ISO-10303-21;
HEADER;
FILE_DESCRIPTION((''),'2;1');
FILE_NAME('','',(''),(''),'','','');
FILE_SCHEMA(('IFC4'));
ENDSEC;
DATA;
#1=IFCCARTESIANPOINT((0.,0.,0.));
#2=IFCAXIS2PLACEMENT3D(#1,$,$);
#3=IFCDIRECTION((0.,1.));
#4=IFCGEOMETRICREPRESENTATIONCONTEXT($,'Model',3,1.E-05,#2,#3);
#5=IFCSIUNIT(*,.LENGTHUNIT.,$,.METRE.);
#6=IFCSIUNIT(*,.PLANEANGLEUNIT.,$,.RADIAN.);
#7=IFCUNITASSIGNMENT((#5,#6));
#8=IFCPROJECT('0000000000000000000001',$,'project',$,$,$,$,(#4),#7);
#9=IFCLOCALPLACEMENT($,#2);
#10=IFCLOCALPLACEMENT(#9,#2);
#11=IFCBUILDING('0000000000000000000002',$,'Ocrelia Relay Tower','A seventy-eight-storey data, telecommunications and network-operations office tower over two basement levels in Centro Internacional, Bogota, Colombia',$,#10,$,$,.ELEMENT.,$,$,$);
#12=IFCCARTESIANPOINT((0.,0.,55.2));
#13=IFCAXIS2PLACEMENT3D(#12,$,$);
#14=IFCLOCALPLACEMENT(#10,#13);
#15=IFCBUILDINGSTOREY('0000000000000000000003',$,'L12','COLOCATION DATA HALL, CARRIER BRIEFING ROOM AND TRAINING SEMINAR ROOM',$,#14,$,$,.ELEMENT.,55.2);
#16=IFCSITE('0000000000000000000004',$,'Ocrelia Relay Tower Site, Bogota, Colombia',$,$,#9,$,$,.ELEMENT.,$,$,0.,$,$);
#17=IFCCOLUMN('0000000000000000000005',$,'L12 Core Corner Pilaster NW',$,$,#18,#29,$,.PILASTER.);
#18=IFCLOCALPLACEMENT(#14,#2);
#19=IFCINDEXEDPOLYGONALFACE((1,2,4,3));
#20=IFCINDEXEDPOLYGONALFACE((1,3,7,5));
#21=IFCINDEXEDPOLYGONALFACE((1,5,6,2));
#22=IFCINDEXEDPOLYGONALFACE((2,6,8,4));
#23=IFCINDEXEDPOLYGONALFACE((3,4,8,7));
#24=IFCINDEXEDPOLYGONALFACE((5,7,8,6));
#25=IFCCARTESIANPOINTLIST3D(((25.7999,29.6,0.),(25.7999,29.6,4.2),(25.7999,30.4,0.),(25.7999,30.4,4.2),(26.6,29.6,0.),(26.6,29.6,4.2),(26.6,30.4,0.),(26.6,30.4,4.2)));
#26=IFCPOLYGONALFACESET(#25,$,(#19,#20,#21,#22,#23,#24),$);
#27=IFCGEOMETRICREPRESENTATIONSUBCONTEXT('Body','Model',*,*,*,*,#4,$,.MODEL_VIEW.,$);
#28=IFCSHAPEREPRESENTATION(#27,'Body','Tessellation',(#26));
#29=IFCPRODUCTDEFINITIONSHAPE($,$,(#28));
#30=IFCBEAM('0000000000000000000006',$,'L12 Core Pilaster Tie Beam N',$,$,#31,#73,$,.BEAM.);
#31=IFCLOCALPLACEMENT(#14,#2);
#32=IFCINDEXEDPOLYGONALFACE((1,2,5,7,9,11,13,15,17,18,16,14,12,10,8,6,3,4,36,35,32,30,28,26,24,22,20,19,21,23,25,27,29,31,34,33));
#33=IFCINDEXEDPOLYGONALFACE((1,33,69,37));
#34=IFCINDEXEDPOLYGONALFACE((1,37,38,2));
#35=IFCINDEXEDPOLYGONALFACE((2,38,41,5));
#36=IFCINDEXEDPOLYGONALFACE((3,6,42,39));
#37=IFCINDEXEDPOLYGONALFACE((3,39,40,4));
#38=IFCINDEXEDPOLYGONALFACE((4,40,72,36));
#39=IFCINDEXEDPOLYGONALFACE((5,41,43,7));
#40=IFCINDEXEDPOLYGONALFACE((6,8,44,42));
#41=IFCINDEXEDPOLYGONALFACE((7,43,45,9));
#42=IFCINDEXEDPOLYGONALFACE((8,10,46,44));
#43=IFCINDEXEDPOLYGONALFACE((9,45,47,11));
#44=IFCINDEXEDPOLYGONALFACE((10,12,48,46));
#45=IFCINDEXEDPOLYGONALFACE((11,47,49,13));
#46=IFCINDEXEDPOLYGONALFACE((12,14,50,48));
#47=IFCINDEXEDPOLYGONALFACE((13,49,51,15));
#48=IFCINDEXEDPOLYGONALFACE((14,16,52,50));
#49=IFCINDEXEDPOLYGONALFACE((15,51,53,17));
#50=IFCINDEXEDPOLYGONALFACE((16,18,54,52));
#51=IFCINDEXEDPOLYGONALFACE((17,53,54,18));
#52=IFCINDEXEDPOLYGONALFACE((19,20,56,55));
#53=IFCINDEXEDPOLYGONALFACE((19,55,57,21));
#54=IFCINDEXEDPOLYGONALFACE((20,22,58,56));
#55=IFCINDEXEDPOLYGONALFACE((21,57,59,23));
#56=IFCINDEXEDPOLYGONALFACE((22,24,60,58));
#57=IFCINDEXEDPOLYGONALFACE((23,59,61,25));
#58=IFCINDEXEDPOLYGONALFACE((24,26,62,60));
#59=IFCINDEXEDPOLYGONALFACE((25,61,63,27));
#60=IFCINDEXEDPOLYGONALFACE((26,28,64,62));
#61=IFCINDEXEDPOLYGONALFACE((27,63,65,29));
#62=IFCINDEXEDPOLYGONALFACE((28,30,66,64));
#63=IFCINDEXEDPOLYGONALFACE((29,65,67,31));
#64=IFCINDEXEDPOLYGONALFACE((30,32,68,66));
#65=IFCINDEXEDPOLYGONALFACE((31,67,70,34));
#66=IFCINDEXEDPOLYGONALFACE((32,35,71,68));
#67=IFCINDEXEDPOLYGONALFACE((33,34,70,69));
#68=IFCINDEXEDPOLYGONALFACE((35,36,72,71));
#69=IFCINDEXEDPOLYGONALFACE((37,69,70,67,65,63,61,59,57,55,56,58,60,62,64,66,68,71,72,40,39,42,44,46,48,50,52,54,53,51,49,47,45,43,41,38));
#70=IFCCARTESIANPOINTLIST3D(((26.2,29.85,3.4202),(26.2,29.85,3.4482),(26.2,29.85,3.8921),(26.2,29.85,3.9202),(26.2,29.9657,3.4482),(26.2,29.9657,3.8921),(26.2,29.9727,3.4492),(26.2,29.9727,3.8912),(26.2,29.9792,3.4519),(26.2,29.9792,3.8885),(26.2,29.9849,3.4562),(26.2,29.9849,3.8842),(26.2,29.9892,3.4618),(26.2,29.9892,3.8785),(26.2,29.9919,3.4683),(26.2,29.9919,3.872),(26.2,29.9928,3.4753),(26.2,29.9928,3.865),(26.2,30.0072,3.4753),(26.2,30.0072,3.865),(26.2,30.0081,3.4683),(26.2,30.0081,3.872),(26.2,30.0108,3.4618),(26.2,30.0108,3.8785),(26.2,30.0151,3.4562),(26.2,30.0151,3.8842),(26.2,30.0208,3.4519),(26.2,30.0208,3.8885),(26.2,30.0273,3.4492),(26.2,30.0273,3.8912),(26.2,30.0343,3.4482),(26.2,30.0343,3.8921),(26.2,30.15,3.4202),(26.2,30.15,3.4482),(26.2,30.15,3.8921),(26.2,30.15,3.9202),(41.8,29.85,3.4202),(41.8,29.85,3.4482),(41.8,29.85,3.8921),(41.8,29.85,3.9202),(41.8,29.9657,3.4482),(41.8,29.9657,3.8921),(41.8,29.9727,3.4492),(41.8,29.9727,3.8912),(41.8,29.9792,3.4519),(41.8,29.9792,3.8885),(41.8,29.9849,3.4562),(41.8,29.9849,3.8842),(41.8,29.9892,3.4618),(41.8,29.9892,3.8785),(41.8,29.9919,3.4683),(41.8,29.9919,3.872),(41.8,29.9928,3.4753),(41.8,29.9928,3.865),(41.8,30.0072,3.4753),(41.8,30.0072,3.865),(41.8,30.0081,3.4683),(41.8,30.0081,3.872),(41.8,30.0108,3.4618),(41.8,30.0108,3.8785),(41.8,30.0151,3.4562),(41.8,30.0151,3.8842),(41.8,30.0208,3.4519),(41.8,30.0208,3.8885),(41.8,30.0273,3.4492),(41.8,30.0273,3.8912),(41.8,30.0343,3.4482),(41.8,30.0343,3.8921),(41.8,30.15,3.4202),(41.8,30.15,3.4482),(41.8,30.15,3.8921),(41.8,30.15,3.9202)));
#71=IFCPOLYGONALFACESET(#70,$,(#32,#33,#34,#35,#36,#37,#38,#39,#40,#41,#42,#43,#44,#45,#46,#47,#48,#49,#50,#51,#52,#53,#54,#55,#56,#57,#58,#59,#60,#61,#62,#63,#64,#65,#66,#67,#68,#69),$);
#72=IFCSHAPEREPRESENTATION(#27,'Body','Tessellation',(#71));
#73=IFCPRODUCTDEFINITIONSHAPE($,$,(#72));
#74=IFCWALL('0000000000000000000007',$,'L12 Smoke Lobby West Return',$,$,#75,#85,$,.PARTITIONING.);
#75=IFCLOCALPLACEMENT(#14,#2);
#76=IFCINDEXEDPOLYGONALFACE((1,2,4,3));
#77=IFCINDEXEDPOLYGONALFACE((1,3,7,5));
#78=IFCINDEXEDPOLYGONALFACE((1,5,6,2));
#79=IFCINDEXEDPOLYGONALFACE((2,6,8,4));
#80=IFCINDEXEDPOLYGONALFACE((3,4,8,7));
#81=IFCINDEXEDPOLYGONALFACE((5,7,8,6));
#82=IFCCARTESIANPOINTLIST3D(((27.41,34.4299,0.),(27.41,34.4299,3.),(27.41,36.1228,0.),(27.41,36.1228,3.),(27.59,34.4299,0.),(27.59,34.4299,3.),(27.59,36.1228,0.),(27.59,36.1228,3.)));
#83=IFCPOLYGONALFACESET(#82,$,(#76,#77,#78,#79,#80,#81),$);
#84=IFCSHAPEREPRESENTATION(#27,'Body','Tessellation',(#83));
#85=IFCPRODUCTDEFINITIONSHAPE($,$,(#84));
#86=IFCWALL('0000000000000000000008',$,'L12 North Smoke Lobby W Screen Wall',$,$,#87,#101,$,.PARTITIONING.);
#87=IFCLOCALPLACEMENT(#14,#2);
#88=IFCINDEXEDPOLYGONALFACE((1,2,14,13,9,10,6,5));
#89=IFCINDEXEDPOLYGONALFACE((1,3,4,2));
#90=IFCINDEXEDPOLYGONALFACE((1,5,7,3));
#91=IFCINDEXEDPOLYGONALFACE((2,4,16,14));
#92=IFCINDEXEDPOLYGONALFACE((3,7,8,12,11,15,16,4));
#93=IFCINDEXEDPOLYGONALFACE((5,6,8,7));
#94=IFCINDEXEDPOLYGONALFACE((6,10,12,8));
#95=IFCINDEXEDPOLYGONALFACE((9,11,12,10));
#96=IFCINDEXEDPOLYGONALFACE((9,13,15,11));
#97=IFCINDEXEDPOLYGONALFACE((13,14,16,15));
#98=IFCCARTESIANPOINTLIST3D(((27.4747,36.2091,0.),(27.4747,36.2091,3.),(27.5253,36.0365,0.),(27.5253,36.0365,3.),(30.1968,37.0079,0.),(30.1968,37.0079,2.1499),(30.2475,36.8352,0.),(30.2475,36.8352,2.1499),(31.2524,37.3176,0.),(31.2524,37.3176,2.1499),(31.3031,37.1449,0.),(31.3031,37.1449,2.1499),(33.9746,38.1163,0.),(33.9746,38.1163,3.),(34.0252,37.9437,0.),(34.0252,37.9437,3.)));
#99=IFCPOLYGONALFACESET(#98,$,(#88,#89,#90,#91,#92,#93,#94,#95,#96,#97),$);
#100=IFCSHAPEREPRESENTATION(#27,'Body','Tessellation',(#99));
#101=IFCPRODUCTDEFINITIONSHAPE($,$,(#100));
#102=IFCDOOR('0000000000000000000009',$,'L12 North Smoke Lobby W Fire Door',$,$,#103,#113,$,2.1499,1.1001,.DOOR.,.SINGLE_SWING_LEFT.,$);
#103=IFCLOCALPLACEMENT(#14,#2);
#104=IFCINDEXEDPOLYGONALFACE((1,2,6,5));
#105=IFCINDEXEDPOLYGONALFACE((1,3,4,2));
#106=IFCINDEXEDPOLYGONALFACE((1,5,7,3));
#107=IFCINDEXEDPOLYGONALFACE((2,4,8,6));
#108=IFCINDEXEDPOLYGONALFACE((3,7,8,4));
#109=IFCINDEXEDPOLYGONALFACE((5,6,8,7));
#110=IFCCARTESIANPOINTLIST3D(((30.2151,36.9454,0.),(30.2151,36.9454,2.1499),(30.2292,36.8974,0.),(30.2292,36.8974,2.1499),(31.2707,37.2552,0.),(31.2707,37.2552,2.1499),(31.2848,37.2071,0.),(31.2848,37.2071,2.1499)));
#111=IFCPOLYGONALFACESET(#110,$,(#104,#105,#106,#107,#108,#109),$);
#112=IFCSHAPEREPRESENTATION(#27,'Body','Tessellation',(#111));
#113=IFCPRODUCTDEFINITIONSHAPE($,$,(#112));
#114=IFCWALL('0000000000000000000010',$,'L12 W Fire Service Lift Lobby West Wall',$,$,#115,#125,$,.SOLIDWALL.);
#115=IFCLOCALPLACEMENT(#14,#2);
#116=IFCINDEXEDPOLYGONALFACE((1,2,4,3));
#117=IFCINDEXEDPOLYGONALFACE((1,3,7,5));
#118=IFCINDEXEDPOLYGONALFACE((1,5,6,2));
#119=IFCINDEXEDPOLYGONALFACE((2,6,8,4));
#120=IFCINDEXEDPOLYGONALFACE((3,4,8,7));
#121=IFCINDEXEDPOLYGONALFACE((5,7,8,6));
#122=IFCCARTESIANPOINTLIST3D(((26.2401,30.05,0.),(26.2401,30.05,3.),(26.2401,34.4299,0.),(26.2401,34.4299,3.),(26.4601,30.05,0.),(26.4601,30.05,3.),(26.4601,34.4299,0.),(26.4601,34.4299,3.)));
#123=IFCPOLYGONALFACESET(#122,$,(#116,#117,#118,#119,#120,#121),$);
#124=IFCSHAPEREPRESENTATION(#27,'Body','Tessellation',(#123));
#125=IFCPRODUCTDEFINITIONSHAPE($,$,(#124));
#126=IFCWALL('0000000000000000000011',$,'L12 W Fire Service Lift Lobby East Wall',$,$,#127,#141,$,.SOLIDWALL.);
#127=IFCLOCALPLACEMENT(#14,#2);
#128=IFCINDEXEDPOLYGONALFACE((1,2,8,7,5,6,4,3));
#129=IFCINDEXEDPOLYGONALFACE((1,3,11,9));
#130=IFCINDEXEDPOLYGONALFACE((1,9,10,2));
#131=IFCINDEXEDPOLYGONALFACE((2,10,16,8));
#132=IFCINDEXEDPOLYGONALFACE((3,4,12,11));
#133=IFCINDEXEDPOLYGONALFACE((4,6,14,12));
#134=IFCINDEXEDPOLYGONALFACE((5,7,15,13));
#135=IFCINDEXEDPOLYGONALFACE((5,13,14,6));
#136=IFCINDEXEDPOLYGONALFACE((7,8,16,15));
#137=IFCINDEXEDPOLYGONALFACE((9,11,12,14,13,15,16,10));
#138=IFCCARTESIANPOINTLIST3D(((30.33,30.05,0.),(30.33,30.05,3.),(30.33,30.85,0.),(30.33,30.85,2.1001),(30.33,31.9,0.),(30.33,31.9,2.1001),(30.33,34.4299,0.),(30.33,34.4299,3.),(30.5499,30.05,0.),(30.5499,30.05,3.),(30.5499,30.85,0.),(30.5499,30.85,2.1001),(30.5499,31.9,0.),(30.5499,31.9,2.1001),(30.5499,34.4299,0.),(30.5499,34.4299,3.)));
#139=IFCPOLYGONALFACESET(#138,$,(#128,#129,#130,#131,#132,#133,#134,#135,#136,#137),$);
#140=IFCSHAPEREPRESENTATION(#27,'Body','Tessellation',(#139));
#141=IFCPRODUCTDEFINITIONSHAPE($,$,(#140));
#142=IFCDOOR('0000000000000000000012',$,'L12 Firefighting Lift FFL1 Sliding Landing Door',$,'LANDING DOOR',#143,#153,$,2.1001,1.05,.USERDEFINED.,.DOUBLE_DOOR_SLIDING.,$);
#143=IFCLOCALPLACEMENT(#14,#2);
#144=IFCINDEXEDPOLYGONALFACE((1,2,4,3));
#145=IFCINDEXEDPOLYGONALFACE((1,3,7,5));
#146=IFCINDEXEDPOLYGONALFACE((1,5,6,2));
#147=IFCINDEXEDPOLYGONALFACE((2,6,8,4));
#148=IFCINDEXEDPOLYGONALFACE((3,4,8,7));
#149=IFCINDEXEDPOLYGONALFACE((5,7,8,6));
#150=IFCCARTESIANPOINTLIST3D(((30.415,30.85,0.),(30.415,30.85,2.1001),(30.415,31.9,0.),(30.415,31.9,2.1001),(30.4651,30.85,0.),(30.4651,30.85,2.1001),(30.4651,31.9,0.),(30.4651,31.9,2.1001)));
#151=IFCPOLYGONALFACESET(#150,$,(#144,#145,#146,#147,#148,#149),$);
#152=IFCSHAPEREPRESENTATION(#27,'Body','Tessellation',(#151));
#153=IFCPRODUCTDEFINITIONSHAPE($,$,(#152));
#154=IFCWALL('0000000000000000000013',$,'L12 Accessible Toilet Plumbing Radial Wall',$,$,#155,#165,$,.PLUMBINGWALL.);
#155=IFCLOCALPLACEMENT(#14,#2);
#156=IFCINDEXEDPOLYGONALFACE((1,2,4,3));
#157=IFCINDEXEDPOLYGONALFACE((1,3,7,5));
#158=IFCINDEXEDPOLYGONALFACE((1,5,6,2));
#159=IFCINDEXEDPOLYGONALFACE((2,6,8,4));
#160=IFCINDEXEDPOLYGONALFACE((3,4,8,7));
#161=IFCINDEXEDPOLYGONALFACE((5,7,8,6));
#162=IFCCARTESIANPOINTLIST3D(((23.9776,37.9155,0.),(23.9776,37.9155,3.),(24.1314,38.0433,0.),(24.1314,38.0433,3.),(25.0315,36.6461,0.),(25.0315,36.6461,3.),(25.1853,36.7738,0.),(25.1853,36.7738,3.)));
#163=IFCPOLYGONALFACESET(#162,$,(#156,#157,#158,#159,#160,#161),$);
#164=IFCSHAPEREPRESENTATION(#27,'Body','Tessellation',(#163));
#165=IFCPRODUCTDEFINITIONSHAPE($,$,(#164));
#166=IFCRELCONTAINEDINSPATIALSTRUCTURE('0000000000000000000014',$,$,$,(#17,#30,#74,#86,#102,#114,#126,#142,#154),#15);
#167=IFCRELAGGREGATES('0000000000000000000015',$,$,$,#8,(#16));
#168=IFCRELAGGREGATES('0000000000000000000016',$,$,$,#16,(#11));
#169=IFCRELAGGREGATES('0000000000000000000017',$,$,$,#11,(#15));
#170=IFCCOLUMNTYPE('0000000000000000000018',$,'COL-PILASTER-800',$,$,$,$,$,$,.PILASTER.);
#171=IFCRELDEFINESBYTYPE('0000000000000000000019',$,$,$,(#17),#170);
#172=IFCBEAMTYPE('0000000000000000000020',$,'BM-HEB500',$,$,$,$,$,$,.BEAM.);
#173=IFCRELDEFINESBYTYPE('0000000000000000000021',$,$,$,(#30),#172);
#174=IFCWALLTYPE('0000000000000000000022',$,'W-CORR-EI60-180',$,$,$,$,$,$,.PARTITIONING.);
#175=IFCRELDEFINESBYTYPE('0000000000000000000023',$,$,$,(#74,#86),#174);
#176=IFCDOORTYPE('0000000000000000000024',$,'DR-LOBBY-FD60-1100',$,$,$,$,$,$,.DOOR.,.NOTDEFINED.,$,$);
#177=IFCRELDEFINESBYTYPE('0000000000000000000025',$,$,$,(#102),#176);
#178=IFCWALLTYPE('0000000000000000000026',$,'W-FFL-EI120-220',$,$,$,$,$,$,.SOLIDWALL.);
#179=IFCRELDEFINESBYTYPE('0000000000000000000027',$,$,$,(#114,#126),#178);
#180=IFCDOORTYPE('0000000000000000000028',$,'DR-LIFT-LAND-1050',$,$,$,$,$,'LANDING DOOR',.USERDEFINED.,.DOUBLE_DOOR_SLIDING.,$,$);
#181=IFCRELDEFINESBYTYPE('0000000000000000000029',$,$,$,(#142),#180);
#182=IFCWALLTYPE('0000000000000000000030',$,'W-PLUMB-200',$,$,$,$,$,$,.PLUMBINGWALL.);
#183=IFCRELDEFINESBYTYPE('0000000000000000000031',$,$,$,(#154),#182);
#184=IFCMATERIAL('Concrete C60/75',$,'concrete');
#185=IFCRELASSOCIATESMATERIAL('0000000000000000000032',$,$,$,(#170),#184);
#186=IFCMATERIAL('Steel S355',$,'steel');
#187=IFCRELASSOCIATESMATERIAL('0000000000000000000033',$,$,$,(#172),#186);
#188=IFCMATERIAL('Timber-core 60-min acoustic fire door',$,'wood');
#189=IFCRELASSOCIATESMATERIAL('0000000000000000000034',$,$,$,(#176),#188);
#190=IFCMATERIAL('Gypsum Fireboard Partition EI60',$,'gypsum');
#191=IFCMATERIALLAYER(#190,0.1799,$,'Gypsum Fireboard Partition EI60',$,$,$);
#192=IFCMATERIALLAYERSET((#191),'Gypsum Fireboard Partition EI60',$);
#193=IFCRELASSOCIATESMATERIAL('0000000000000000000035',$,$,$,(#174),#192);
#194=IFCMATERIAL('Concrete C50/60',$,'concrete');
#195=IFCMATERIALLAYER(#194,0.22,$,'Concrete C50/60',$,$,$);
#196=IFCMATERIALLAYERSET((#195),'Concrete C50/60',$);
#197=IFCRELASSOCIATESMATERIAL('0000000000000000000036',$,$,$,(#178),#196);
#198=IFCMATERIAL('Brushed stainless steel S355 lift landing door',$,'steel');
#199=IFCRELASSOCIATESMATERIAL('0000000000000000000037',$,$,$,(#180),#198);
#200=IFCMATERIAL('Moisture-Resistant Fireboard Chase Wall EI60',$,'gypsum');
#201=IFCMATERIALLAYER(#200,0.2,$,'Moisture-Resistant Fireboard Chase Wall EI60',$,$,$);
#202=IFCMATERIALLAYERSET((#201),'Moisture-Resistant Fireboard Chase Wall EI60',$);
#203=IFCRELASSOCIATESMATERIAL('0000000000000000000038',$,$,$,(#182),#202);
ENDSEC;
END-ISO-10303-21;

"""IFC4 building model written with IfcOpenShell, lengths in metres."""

from ifc_helpers import new_model, si_unit, direction, frame, frame_2d, origin, origin_2d, place, context, subcontext, project, spatial, rectangle, i_section, extrude, material, layer, layer_set, material_profile, profile_set, type_object, element, fill, save


model = new_model("IFC4")

# Units and contexts
model_context = context("Model", 3, precision=1e-05, world=origin(), true_north=direction((0.0, 1.0)))
body_context = subcontext(model_context, "Body", "Model", "MODEL_VIEW")
ifc_project = project(units=[si_unit("LENGTHUNIT", "METRE"), si_unit("PLANEANGLEUNIT", "RADIAN")], contexts=[model_context])

# Site, building, storey
site_placement = place(None, origin())
site = spatial("IfcSite", under=ifc_project, at=site_placement, Name="Ocrelia Relay Tower Site, Bogota, Colombia", CompositionType="ELEMENT", RefElevation=0.0)
building_placement = place(site_placement, origin())
building = spatial("IfcBuilding", under=site, at=building_placement, Name="Ocrelia Relay Tower", Description="A seventy-eight-storey data, telecommunications and network-operations office tower over two basement levels in Centro Internacional, Bogota, Colombia", CompositionType="ELEMENT")
storey_placement = place(building_placement, frame((0.0, 0.0, 55.2)))
storey = spatial("IfcBuildingStorey", under=building, at=storey_placement, Name="L12", Description="COLOCATION DATA HALL, CARRIER BRIEFING ROOM AND TRAINING SEMINAR ROOM", CompositionType="ELEMENT", Elevation=55.2)

# Column
ifc_material_1 = material(Name="Concrete C60/75", Category="concrete")
ifc_material_profile_1 = material_profile(ifc_material_1, rectangle(XDim=0.8, YDim=0.8, at=origin_2d()), Name="RC-COL-800x800")
ifc_profile_set_1 = profile_set([ifc_material_profile_1], Name="Concrete C60/75")
column_type = type_object("IfcColumnType", Name="COL-PILASTER-800", PredefinedType="PILASTER", material=ifc_profile_set_1)
column_placement = place(storey_placement, frame((26.2, 30.0, 0.0), z_axis=(0.0, 0.0, 1.0), x_axis=(1.0, 0.0, 0.0)))
element("IfcColumn", 1, at=column_placement, inside=storey, type_object=column_type, Name="L12 Core Corner Pilaster NW", PredefinedType="PILASTER", context=body_context, shape_type="SweptSolid", body=[
    extrude(rectangle(XDim=0.8, YDim=0.8, at=origin_2d()), origin(), (0.0, 0.0, 1.0), 4.2),
])

# Beam
ifc_material_2 = material(Name="Steel S355", Category="steel")
ifc_material_profile_2 = material_profile(ifc_material_2, i_section(OverallWidth=0.3, OverallDepth=0.5, WebThickness=0.0144, FlangeThickness=0.0281, FilletRadius=0.0271, at=origin_2d()), Name="HEB 500")
ifc_profile_set_2 = profile_set([ifc_material_profile_2], Name="Steel S355")
beam_type = type_object("IfcBeamType", Name="BM-HEB500", PredefinedType="BEAM", material=ifc_profile_set_2)
beam_placement = place(storey_placement, frame((26.2, 30.0, 3.6702), z_axis=(1.0, 0.0, 0.0), x_axis=(0.0, 1.0, 0.0)))
element("IfcBeam", 2, at=beam_placement, inside=storey, type_object=beam_type, Name="L12 Core Pilaster Tie Beam N", PredefinedType="BEAM", context=body_context, shape_type="SweptSolid", body=[
    extrude(i_section(OverallWidth=0.3, OverallDepth=0.5, WebThickness=0.0144, FlangeThickness=0.0281, FilletRadius=0.0271, at=origin_2d()), origin(), (0.0, 0.0, 1.0), 15.6001),
])

# Shared definitions
ifc_material_3 = material(Name="Timber-core 60-min acoustic fire door", Category="wood")
door_type_1 = type_object("IfcDoorType", Name="DR-LOBBY-FD60-1100", OperationType="NOTDEFINED", PredefinedType="DOOR", material=ifc_material_3)

# Wall
ifc_material_4 = material(Name="Gypsum Fireboard Partition EI60", Category="gypsum")
ifc_layer_1 = layer(ifc_material_4, 0.1799, Name="Gypsum Fireboard Partition EI60")
ifc_layer_set_1 = layer_set([ifc_layer_1], Name="Gypsum Fireboard Partition EI60")
wall_type_1 = type_object("IfcWallType", Name="W-CORR-EI60-180", PredefinedType="PARTITIONING", material=ifc_layer_set_1)
wall_1_placement = place(storey_placement, frame((27.5, 34.4299, 0.0), z_axis=(0.0, 0.0, 1.0), x_axis=(0.0, 1.0, 0.0)))
element("IfcWall", 3, at=wall_1_placement, inside=storey, type_object=wall_type_1, Name="L12 Smoke Lobby West Return", PredefinedType="PARTITIONING", context=body_context, shape_type="SweptSolid", body=[
    extrude(rectangle(XDim=1.6929, YDim=0.1799, at=frame_2d((0.8464, 0.0))), origin(), (0.0, 0.0, 1.0), 3.0),
])

# Wall, opening, door
wall_2_placement = place(storey_placement, frame((27.5, 36.1228, 0.0), z_axis=(0.0, 0.0, 1.0), x_axis=(0.959547, 0.28155, 0.0)))
wall_2 = element("IfcWall", 4, at=wall_2_placement, inside=storey, type_object=wall_type_1, Name="L12 North Smoke Lobby W Screen Wall", PredefinedType="PARTITIONING", context=body_context, shape_type="SweptSolid", body=[
    extrude(rectangle(XDim=6.7739, YDim=0.1799, at=frame_2d((3.387, 0.0))), origin(), (0.0, 0.0, 1.0), 3.0),
])
opening_1_placement = place(wall_2_placement, frame((2.8369, 0.0, 0.0)))
opening_1 = element("IfcOpeningElement", 5, at=opening_1_placement, cuts=wall_2, PredefinedType="OPENING", context=body_context, shape_type="SweptSolid", body=[
    extrude(rectangle(XDim=1.1001, YDim=2.1499, at=frame_2d((0.55, 1.075))), frame((0.0, 0.1001, 0.0), z_axis=(0.0, -1.0, 0.0), x_axis=(1.0, 0.0, 0.0)), (0.0, 0.0, 1.0), 0.2),
])
door_1_placement = place(opening_1_placement, origin())
door_1 = element("IfcDoor", 6, at=door_1_placement, inside=storey, type_object=door_type_1, Name="L12 North Smoke Lobby W Fire Door", OperationType="SINGLE_SWING_LEFT", OverallHeight=2.1499, OverallWidth=1.1001, PredefinedType="DOOR", context=body_context, shape_type="SweptSolid", body=[
    extrude(rectangle(XDim=1.1001, YDim=2.1499, at=frame_2d((0.55, 1.075))), frame((0.0, 0.0249, 0.0), z_axis=(0.0, -1.0, 0.0), x_axis=(1.0, 0.0, 0.0)), (0.0, 0.0, 1.0), 0.05),
])
fill(opening_1, door_1)

# Wall
ifc_material_5 = material(Name="Concrete C50/60", Category="concrete")
ifc_layer_2 = layer(ifc_material_5, 0.22, Name="Concrete C50/60")
ifc_layer_set_2 = layer_set([ifc_layer_2], Name="Concrete C50/60")
wall_type_2 = type_object("IfcWallType", Name="W-FFL-EI120-220", PredefinedType="SOLIDWALL", material=ifc_layer_set_2)
wall_3_placement = place(storey_placement, frame((26.3501, 30.05, 0.0), z_axis=(0.0, 0.0, 1.0), x_axis=(0.0, 1.0, 0.0)))
element("IfcWall", 7, at=wall_3_placement, inside=storey, type_object=wall_type_2, Name="L12 W Fire Service Lift Lobby West Wall", PredefinedType="SOLIDWALL", context=body_context, shape_type="SweptSolid", body=[
    extrude(rectangle(XDim=4.3799, YDim=0.22, at=frame_2d((2.1899, 0.0))), origin(), (0.0, 0.0, 1.0), 3.0),
])

# Wall, opening, door
wall_4_placement = place(storey_placement, frame((30.4399, 30.05, 0.0), z_axis=(0.0, 0.0, 1.0), x_axis=(0.0, 1.0, 0.0)))
wall_4 = element("IfcWall", 8, at=wall_4_placement, inside=storey, type_object=wall_type_2, Name="L12 W Fire Service Lift Lobby East Wall", PredefinedType="SOLIDWALL", context=body_context, shape_type="SweptSolid", body=[
    extrude(rectangle(XDim=4.3799, YDim=0.22, at=frame_2d((2.1899, 0.0))), origin(), (0.0, 0.0, 1.0), 3.0),
])
opening_2_placement = place(wall_4_placement, frame((0.8, 0.0, 0.0)))
opening_2 = element("IfcOpeningElement", 9, at=opening_2_placement, cuts=wall_4, PredefinedType="OPENING", context=body_context, shape_type="SweptSolid", body=[
    extrude(rectangle(XDim=1.05, YDim=2.1001, at=frame_2d((0.5249, 1.05))), frame((0.0, 0.1201, 0.0), z_axis=(0.0, -1.0, 0.0), x_axis=(1.0, 0.0, 0.0)), (0.0, 0.0, 1.0), 0.24),
])
ifc_material_6 = material(Name="Brushed stainless steel S355 lift landing door", Category="steel")
door_type_2 = type_object("IfcDoorType", Name="DR-LIFT-LAND-1050", ElementType="LANDING DOOR", OperationType="DOUBLE_DOOR_SLIDING", PredefinedType="USERDEFINED", material=ifc_material_6)
door_2_placement = place(opening_2_placement, origin())
door_2 = element("IfcDoor", 10, at=door_2_placement, inside=storey, type_object=door_type_2, Name="L12 Firefighting Lift FFL1 Sliding Landing Door", ObjectType="LANDING DOOR", OperationType="DOUBLE_DOOR_SLIDING", OverallHeight=2.1001, OverallWidth=1.05, PredefinedType="USERDEFINED", context=body_context, shape_type="SweptSolid", body=[
    extrude(rectangle(XDim=1.05, YDim=2.1001, at=frame_2d((0.5249, 1.05))), frame((0.0, 0.0249, 0.0), z_axis=(0.0, -1.0, 0.0), x_axis=(1.0, 0.0, 0.0)), (0.0, 0.0, 1.0), 0.05),
])
fill(opening_2, door_2)

# Wall
ifc_material_7 = material(Name="Moisture-Resistant Fireboard Chase Wall EI60", Category="gypsum")
ifc_layer_3 = layer(ifc_material_7, 0.2, Name="Moisture-Resistant Fireboard Chase Wall EI60")
ifc_layer_set_3 = layer_set([ifc_layer_3], Name="Moisture-Resistant Fireboard Chase Wall EI60")
wall_type_3 = type_object("IfcWallType", Name="W-PLUMB-200", PredefinedType="PLUMBINGWALL", material=ifc_layer_set_3)
wall_5_placement = place(storey_placement, frame((25.1084, 36.71, 0.0), z_axis=(0.0, 0.0, 1.0), x_axis=(-0.638757, 0.769409, 0.0)))
element("IfcWall", 11, at=wall_5_placement, inside=storey, type_object=wall_type_3, Name="L12 Accessible Toilet Plumbing Radial Wall", PredefinedType="PLUMBINGWALL", context=body_context, shape_type="SweptSolid", body=[
    extrude(rectangle(XDim=1.6499, YDim=0.2, at=frame_2d((0.825, 0.0))), origin(), (0.0, 0.0, 1.0), 3.0),
])

save(model, "model.ifc")
